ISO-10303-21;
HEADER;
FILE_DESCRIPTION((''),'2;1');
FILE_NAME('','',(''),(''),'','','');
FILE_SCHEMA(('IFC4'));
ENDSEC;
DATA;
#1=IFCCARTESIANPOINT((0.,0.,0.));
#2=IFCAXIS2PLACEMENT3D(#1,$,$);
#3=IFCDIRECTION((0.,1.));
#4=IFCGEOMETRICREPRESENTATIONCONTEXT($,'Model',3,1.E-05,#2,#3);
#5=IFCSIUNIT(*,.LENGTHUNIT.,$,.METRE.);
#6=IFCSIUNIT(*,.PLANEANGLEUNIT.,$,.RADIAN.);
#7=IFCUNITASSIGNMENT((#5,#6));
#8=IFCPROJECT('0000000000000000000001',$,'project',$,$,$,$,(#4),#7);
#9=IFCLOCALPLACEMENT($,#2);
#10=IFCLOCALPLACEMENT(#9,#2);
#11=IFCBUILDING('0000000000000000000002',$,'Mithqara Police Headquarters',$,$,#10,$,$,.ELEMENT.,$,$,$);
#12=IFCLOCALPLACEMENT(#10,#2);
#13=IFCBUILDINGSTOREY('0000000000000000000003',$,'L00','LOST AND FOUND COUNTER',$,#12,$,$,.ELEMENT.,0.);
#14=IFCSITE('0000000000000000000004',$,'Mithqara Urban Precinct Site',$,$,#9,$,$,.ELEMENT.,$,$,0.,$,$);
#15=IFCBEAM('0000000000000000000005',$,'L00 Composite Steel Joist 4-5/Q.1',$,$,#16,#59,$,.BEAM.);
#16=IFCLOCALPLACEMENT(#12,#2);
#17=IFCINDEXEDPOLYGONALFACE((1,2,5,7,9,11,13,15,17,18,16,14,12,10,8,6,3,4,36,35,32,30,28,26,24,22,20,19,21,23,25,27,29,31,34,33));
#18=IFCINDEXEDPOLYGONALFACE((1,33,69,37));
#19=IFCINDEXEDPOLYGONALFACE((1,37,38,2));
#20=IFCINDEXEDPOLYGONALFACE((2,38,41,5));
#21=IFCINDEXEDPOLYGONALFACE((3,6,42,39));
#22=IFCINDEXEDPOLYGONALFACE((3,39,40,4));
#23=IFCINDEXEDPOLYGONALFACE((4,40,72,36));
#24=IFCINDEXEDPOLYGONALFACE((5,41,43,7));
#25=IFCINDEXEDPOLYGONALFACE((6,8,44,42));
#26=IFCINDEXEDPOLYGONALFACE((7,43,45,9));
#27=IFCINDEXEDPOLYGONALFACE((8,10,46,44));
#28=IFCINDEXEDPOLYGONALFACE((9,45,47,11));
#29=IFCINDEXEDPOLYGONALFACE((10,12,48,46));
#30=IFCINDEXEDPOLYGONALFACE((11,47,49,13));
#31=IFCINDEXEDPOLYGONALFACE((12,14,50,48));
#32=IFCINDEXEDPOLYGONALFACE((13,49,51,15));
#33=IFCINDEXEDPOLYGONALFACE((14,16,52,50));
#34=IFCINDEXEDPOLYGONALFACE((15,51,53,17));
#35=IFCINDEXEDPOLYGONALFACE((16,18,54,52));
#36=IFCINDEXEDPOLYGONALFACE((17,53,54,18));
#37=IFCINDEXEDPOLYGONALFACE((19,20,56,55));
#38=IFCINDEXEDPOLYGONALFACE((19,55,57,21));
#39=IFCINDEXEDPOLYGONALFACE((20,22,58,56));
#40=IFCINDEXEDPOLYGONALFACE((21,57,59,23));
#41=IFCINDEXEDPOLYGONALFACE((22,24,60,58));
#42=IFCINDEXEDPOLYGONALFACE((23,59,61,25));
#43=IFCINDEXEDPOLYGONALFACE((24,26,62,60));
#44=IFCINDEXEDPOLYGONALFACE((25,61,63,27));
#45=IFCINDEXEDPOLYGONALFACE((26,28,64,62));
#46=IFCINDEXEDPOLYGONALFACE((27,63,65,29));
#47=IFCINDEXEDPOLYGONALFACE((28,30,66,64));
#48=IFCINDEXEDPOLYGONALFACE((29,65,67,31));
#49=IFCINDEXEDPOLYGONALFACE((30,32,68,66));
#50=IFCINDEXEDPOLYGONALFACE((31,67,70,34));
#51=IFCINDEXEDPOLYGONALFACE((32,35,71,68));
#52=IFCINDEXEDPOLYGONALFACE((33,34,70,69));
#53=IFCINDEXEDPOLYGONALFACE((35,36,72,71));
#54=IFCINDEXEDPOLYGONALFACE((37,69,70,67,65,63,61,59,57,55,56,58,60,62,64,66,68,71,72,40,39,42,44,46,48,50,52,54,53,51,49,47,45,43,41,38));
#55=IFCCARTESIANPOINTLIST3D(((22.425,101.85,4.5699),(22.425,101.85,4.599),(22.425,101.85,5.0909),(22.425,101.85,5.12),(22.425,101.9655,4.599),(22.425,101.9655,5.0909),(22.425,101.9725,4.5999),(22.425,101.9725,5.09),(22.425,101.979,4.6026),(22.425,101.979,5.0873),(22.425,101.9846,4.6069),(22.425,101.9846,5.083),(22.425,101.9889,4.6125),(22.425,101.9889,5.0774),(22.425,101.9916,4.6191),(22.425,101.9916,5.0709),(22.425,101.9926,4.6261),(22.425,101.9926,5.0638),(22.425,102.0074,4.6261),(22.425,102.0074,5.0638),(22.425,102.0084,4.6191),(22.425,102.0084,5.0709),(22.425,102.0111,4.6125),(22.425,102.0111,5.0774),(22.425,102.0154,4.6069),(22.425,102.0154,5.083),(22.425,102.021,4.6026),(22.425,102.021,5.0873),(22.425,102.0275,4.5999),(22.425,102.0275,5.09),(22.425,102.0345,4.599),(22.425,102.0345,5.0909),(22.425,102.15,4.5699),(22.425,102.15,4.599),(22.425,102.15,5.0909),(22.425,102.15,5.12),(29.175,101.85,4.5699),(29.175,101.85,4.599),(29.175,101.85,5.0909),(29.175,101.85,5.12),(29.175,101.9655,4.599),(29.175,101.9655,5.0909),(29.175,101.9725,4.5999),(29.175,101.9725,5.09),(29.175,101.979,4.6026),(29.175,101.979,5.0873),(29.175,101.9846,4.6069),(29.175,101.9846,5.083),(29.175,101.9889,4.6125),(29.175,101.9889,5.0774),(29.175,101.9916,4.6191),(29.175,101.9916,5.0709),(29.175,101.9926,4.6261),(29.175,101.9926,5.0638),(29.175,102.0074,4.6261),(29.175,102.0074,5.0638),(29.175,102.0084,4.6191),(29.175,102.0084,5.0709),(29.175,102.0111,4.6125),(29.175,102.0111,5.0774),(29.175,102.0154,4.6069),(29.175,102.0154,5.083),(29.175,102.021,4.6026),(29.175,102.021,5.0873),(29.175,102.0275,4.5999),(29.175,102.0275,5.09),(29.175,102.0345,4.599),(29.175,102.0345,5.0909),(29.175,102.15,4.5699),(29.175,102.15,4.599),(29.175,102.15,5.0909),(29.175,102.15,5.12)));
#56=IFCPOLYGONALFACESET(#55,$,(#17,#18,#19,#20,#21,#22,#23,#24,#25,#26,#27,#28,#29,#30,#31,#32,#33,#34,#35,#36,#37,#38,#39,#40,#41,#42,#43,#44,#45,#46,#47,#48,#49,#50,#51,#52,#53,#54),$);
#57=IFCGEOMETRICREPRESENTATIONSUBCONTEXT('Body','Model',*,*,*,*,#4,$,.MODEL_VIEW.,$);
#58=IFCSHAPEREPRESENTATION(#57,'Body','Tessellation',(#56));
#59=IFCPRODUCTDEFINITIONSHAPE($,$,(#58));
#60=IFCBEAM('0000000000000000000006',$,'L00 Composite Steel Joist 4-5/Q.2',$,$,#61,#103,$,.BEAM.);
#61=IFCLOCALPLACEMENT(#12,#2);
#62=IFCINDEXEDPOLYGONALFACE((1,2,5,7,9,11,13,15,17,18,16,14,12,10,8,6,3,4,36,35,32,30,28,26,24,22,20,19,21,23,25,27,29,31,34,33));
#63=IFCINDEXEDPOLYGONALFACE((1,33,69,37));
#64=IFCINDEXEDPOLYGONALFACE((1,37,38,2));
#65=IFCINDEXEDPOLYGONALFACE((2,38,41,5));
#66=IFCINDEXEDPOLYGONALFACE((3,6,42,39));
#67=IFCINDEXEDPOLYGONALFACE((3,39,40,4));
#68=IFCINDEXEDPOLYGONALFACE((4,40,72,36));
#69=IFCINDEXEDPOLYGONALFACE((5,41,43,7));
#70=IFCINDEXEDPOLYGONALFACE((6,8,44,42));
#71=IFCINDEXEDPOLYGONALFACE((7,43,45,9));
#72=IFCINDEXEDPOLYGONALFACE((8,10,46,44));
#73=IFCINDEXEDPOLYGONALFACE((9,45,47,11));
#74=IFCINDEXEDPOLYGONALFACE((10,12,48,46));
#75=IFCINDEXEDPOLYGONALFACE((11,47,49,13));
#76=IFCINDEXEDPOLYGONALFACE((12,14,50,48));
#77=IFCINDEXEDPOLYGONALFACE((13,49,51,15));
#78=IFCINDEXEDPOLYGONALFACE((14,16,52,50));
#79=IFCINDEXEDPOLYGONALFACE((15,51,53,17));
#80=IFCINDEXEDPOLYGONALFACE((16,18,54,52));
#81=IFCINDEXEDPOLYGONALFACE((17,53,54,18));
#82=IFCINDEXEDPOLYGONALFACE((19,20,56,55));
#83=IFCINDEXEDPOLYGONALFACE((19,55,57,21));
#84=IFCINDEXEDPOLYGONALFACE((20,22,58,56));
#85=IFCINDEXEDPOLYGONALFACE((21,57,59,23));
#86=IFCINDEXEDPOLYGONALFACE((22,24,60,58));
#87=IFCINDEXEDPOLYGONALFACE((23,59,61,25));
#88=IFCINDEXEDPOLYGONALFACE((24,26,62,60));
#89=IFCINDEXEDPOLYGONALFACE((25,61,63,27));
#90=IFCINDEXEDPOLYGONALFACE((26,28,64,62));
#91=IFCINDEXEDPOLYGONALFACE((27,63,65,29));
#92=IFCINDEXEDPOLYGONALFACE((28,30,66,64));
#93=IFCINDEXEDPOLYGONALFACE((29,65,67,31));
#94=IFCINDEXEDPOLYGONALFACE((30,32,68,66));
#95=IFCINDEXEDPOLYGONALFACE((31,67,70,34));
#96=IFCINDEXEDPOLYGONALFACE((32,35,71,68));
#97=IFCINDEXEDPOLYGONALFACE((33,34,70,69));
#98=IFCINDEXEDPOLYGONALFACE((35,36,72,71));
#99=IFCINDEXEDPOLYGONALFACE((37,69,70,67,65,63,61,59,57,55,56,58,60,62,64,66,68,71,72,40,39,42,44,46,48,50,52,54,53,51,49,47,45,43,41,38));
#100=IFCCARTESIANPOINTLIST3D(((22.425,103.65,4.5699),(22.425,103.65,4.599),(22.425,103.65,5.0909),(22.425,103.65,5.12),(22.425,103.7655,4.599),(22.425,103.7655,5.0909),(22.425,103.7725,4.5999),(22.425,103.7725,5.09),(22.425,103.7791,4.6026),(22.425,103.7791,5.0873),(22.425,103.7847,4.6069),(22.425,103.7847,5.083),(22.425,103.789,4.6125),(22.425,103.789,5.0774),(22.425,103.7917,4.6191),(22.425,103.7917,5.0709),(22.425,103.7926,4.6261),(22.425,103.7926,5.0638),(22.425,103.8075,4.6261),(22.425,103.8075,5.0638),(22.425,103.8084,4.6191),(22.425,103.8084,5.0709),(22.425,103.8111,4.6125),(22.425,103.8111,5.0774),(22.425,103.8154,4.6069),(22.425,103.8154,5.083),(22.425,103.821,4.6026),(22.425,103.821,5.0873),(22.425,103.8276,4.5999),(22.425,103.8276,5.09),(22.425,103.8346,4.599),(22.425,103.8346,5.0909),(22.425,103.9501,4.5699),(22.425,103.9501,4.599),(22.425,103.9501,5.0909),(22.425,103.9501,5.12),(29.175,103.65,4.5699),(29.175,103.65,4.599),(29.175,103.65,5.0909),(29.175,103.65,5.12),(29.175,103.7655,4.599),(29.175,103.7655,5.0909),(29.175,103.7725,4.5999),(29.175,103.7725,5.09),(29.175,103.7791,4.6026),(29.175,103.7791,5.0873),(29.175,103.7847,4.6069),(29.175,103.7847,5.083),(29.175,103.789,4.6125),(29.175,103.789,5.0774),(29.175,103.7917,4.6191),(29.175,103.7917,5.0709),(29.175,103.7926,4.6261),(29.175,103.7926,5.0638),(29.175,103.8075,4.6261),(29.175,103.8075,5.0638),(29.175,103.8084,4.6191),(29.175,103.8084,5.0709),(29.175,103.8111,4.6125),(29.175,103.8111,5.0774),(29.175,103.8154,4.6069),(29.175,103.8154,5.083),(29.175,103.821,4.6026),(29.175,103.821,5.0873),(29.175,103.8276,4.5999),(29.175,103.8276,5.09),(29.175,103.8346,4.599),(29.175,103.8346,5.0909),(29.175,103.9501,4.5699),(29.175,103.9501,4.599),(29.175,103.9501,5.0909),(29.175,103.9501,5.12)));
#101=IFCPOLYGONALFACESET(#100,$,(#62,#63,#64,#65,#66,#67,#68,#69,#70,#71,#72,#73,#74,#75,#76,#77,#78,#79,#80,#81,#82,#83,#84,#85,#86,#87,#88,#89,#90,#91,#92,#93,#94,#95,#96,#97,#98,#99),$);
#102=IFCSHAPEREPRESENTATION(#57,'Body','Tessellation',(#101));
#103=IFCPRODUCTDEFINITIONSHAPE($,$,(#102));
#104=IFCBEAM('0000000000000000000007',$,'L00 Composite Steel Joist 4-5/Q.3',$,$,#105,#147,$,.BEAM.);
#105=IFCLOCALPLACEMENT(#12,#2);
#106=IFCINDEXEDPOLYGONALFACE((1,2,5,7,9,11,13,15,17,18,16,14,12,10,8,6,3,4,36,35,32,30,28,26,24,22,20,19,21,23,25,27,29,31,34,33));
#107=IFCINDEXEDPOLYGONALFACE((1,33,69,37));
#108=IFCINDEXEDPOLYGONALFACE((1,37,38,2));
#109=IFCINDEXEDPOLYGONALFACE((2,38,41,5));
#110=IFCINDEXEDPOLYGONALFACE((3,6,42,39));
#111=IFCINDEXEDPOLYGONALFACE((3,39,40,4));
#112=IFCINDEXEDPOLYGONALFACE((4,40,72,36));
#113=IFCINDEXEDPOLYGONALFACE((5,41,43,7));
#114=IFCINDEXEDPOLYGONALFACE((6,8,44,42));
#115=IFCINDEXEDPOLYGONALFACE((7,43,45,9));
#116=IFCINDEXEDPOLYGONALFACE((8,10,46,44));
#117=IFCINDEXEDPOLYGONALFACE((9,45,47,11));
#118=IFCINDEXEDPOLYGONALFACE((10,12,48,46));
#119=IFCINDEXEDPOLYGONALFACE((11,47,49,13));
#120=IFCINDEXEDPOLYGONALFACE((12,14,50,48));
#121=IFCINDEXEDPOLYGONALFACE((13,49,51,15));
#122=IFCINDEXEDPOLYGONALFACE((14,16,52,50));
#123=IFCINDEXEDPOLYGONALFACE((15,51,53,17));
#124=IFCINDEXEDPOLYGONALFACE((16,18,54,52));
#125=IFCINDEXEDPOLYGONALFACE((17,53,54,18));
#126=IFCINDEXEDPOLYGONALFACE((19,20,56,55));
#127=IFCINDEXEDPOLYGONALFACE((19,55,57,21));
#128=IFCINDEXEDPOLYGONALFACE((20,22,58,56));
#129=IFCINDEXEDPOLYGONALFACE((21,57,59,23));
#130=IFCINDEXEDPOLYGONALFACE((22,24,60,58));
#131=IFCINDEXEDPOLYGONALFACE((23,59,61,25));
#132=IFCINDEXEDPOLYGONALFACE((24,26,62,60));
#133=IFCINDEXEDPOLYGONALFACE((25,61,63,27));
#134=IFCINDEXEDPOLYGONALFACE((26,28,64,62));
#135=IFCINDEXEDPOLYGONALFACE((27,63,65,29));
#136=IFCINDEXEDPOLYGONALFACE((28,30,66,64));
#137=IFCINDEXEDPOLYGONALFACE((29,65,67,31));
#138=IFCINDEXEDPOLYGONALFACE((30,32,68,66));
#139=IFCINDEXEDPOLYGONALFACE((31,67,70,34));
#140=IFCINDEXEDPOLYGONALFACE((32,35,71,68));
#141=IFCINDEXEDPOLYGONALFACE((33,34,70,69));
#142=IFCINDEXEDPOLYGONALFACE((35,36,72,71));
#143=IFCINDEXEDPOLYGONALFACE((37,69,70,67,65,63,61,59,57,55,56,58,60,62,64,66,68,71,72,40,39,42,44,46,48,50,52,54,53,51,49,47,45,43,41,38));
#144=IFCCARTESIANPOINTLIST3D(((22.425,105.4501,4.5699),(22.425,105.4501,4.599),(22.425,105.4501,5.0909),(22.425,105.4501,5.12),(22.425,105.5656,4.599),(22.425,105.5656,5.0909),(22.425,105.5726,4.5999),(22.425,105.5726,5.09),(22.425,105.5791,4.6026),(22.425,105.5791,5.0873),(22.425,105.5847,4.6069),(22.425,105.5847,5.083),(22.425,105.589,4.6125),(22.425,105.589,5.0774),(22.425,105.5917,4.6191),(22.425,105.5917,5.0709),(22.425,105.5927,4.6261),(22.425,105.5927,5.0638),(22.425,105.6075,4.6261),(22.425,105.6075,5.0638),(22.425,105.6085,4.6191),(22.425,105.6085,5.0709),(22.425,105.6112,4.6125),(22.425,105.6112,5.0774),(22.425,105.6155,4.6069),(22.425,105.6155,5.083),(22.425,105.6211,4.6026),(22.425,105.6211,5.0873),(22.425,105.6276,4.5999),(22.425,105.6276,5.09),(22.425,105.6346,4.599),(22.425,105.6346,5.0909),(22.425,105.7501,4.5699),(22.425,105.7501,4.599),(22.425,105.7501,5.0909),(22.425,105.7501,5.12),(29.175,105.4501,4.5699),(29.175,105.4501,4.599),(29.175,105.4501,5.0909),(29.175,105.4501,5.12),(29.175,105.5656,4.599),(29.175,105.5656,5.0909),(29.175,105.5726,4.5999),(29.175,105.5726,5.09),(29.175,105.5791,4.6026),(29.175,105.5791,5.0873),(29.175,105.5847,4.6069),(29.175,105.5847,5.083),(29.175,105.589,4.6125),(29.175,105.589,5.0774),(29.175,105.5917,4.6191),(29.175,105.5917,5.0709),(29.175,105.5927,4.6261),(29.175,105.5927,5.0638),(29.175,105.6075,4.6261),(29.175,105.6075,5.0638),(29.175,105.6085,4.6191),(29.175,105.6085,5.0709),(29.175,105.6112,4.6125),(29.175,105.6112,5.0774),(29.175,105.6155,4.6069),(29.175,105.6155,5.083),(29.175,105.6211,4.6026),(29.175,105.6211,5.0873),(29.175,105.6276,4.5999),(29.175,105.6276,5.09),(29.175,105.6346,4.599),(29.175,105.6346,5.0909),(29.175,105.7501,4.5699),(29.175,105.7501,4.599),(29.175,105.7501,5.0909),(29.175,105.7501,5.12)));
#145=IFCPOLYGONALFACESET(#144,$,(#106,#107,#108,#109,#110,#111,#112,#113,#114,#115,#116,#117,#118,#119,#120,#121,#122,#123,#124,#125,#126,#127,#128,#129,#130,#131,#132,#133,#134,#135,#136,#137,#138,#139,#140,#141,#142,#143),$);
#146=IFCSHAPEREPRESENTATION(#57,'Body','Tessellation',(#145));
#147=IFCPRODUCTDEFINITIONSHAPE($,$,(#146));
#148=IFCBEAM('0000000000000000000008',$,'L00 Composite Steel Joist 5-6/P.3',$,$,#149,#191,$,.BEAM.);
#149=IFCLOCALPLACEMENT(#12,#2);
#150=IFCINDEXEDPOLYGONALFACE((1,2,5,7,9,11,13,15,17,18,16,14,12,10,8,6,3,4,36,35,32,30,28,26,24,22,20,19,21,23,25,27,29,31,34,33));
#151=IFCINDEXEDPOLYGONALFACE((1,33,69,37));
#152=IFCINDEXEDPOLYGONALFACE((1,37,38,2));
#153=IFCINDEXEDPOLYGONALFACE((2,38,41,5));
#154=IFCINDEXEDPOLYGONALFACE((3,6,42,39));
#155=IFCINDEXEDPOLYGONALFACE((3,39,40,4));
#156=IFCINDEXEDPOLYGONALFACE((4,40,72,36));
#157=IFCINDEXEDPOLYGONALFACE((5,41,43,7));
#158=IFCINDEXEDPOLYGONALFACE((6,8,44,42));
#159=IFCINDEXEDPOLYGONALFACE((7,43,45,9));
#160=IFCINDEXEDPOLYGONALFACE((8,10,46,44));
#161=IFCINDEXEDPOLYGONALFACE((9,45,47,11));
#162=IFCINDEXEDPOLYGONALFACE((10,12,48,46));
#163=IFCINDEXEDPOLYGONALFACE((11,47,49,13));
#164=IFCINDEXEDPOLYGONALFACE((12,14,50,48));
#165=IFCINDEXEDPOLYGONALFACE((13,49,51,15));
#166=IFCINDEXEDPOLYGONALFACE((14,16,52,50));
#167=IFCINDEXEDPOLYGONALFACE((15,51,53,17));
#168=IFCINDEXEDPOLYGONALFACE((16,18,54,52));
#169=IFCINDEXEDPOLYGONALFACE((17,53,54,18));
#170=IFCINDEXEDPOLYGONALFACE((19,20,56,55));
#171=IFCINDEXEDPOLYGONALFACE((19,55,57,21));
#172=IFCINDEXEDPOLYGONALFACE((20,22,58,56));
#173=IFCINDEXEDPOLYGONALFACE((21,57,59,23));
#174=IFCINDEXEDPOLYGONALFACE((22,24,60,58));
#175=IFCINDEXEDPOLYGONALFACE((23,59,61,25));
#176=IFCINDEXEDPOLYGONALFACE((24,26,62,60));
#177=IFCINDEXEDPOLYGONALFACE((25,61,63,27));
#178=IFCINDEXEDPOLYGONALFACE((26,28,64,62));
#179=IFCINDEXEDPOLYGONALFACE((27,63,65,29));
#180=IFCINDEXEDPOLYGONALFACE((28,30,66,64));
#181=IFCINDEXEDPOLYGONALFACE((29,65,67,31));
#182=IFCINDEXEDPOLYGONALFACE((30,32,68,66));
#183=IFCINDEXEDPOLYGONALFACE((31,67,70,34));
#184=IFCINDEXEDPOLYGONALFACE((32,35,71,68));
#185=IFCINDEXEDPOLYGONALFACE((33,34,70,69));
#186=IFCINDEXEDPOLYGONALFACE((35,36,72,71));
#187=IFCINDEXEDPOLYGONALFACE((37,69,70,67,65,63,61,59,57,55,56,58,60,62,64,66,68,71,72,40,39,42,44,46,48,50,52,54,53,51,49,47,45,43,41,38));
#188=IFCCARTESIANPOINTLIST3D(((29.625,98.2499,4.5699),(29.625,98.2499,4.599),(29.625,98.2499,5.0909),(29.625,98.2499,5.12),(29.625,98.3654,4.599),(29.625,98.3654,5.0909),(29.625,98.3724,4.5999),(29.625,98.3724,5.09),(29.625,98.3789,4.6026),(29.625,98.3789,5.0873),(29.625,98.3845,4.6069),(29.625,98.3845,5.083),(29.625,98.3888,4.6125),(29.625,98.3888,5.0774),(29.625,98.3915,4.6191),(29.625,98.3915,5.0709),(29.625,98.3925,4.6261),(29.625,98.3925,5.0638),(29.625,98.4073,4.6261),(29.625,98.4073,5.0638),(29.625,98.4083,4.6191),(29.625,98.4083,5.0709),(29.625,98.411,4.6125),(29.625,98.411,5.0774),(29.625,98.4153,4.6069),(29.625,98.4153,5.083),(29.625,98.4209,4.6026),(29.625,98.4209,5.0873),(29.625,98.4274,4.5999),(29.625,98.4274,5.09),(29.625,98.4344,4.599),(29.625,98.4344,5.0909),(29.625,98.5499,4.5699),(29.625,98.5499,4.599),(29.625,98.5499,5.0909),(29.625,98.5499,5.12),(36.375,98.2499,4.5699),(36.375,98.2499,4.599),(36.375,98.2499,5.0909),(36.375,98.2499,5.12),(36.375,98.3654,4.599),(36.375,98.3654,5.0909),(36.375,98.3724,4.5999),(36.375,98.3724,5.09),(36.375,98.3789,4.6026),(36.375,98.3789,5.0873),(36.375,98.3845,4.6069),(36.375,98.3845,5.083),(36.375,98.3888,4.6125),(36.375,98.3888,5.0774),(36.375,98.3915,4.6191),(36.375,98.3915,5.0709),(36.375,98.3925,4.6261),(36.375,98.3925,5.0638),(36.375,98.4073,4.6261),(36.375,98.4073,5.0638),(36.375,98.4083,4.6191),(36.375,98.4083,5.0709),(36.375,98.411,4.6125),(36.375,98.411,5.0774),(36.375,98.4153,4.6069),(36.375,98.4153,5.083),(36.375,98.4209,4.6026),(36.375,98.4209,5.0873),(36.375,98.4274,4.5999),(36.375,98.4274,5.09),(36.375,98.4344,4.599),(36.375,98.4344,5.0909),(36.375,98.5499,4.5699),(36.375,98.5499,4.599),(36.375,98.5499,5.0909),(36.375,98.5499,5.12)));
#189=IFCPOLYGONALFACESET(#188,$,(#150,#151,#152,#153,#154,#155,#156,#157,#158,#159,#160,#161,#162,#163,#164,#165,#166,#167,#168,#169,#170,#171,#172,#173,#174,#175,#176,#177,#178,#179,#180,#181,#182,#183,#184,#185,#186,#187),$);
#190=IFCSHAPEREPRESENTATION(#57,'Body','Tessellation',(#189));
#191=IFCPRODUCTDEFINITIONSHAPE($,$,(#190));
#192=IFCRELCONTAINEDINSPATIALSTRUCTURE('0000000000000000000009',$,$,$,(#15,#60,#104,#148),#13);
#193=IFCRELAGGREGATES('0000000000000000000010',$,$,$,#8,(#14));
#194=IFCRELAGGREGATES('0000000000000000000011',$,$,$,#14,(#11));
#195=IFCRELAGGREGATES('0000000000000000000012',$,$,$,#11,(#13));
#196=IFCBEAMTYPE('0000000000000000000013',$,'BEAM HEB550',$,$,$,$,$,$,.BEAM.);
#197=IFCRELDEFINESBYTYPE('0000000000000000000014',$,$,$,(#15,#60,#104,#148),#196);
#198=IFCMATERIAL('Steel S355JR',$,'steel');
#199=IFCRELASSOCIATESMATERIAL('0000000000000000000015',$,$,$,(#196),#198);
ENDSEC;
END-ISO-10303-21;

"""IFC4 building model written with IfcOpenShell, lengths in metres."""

from ifc_helpers import new_model, si_unit, direction, frame, origin, origin_2d, place, context, subcontext, project, spatial, i_section, extrude, material, material_profile, profile_set, type_object, element, save


model = new_model("IFC4")

# Units and contexts
model_context = context("Model", 3, precision=1e-05, world=origin(), true_north=direction((0.0, 1.0)))
body_context = subcontext(model_context, "Body", "Model", "MODEL_VIEW")
ifc_project = project(units=[si_unit("LENGTHUNIT", "METRE"), si_unit("PLANEANGLEUNIT", "RADIAN")], contexts=[model_context])

# Site, building, storey
site_placement = place(None, origin())
site = spatial("IfcSite", under=ifc_project, at=site_placement, Name="Mithqara Urban Precinct Site", CompositionType="ELEMENT", RefElevation=0.0)
building_placement = place(site_placement, origin())
building = spatial("IfcBuilding", under=site, at=building_placement, Name="Mithqara Police Headquarters", CompositionType="ELEMENT")
storey_placement = place(building_placement, origin())
storey = spatial("IfcBuildingStorey", under=building, at=storey_placement, Name="L00", Description="LOST AND FOUND COUNTER", CompositionType="ELEMENT", Elevation=0.0)

# Beams
ifc_material_1 = material(Name="Steel S355JR", Category="steel")
ifc_material_profile_1 = material_profile(ifc_material_1, i_section(OverallWidth=0.3, OverallDepth=0.55, WebThickness=0.0149, FlangeThickness=0.0291, FilletRadius=0.0271, at=origin_2d()), Name="HEB 550")
ifc_profile_set_1 = profile_set([ifc_material_profile_1], Name="Steel S355JR")
beam_type_1 = type_object("IfcBeamType", Name="BEAM HEB550", PredefinedType="BEAM", material=ifc_profile_set_1)
for number, where, z_axis, x_axis, name in (
    (1, (22.425, 102.0, 4.845), (1.0, 0.0, 0.0), (0.0, 1.0, 0.0), "L00 Composite Steel Joist 4-5/Q.1"),
    (2, (22.425, 103.8, 4.845), (1.0, 0.0, 0.0), (0.0, 1.0, 0.0), "L00 Composite Steel Joist 4-5/Q.2"),
    (3, (22.425, 105.6001, 4.845), (1.0, 0.0, 0.0), (0.0, 1.0, 0.0), "L00 Composite Steel Joist 4-5/Q.3"),
    (4, (29.625, 98.3999, 4.845), (1.0, 0.0, 0.0), (0.0, 1.0, 0.0), "L00 Composite Steel Joist 5-6/P.3"),
):
    element("IfcBeam", number, at=place(storey_placement, frame(where, z_axis=z_axis, x_axis=x_axis)), inside=storey, type_object=beam_type_1, Name=name, PredefinedType="BEAM", context=body_context, shape_type="SweptSolid", body=[
        extrude(i_section(OverallWidth=0.3, OverallDepth=0.55, WebThickness=0.0149, FlangeThickness=0.0291, FilletRadius=0.0271, at=origin_2d()), origin(), (0.0, 0.0, 1.0), 6.75),
    ])

save(model, "model.ifc")
